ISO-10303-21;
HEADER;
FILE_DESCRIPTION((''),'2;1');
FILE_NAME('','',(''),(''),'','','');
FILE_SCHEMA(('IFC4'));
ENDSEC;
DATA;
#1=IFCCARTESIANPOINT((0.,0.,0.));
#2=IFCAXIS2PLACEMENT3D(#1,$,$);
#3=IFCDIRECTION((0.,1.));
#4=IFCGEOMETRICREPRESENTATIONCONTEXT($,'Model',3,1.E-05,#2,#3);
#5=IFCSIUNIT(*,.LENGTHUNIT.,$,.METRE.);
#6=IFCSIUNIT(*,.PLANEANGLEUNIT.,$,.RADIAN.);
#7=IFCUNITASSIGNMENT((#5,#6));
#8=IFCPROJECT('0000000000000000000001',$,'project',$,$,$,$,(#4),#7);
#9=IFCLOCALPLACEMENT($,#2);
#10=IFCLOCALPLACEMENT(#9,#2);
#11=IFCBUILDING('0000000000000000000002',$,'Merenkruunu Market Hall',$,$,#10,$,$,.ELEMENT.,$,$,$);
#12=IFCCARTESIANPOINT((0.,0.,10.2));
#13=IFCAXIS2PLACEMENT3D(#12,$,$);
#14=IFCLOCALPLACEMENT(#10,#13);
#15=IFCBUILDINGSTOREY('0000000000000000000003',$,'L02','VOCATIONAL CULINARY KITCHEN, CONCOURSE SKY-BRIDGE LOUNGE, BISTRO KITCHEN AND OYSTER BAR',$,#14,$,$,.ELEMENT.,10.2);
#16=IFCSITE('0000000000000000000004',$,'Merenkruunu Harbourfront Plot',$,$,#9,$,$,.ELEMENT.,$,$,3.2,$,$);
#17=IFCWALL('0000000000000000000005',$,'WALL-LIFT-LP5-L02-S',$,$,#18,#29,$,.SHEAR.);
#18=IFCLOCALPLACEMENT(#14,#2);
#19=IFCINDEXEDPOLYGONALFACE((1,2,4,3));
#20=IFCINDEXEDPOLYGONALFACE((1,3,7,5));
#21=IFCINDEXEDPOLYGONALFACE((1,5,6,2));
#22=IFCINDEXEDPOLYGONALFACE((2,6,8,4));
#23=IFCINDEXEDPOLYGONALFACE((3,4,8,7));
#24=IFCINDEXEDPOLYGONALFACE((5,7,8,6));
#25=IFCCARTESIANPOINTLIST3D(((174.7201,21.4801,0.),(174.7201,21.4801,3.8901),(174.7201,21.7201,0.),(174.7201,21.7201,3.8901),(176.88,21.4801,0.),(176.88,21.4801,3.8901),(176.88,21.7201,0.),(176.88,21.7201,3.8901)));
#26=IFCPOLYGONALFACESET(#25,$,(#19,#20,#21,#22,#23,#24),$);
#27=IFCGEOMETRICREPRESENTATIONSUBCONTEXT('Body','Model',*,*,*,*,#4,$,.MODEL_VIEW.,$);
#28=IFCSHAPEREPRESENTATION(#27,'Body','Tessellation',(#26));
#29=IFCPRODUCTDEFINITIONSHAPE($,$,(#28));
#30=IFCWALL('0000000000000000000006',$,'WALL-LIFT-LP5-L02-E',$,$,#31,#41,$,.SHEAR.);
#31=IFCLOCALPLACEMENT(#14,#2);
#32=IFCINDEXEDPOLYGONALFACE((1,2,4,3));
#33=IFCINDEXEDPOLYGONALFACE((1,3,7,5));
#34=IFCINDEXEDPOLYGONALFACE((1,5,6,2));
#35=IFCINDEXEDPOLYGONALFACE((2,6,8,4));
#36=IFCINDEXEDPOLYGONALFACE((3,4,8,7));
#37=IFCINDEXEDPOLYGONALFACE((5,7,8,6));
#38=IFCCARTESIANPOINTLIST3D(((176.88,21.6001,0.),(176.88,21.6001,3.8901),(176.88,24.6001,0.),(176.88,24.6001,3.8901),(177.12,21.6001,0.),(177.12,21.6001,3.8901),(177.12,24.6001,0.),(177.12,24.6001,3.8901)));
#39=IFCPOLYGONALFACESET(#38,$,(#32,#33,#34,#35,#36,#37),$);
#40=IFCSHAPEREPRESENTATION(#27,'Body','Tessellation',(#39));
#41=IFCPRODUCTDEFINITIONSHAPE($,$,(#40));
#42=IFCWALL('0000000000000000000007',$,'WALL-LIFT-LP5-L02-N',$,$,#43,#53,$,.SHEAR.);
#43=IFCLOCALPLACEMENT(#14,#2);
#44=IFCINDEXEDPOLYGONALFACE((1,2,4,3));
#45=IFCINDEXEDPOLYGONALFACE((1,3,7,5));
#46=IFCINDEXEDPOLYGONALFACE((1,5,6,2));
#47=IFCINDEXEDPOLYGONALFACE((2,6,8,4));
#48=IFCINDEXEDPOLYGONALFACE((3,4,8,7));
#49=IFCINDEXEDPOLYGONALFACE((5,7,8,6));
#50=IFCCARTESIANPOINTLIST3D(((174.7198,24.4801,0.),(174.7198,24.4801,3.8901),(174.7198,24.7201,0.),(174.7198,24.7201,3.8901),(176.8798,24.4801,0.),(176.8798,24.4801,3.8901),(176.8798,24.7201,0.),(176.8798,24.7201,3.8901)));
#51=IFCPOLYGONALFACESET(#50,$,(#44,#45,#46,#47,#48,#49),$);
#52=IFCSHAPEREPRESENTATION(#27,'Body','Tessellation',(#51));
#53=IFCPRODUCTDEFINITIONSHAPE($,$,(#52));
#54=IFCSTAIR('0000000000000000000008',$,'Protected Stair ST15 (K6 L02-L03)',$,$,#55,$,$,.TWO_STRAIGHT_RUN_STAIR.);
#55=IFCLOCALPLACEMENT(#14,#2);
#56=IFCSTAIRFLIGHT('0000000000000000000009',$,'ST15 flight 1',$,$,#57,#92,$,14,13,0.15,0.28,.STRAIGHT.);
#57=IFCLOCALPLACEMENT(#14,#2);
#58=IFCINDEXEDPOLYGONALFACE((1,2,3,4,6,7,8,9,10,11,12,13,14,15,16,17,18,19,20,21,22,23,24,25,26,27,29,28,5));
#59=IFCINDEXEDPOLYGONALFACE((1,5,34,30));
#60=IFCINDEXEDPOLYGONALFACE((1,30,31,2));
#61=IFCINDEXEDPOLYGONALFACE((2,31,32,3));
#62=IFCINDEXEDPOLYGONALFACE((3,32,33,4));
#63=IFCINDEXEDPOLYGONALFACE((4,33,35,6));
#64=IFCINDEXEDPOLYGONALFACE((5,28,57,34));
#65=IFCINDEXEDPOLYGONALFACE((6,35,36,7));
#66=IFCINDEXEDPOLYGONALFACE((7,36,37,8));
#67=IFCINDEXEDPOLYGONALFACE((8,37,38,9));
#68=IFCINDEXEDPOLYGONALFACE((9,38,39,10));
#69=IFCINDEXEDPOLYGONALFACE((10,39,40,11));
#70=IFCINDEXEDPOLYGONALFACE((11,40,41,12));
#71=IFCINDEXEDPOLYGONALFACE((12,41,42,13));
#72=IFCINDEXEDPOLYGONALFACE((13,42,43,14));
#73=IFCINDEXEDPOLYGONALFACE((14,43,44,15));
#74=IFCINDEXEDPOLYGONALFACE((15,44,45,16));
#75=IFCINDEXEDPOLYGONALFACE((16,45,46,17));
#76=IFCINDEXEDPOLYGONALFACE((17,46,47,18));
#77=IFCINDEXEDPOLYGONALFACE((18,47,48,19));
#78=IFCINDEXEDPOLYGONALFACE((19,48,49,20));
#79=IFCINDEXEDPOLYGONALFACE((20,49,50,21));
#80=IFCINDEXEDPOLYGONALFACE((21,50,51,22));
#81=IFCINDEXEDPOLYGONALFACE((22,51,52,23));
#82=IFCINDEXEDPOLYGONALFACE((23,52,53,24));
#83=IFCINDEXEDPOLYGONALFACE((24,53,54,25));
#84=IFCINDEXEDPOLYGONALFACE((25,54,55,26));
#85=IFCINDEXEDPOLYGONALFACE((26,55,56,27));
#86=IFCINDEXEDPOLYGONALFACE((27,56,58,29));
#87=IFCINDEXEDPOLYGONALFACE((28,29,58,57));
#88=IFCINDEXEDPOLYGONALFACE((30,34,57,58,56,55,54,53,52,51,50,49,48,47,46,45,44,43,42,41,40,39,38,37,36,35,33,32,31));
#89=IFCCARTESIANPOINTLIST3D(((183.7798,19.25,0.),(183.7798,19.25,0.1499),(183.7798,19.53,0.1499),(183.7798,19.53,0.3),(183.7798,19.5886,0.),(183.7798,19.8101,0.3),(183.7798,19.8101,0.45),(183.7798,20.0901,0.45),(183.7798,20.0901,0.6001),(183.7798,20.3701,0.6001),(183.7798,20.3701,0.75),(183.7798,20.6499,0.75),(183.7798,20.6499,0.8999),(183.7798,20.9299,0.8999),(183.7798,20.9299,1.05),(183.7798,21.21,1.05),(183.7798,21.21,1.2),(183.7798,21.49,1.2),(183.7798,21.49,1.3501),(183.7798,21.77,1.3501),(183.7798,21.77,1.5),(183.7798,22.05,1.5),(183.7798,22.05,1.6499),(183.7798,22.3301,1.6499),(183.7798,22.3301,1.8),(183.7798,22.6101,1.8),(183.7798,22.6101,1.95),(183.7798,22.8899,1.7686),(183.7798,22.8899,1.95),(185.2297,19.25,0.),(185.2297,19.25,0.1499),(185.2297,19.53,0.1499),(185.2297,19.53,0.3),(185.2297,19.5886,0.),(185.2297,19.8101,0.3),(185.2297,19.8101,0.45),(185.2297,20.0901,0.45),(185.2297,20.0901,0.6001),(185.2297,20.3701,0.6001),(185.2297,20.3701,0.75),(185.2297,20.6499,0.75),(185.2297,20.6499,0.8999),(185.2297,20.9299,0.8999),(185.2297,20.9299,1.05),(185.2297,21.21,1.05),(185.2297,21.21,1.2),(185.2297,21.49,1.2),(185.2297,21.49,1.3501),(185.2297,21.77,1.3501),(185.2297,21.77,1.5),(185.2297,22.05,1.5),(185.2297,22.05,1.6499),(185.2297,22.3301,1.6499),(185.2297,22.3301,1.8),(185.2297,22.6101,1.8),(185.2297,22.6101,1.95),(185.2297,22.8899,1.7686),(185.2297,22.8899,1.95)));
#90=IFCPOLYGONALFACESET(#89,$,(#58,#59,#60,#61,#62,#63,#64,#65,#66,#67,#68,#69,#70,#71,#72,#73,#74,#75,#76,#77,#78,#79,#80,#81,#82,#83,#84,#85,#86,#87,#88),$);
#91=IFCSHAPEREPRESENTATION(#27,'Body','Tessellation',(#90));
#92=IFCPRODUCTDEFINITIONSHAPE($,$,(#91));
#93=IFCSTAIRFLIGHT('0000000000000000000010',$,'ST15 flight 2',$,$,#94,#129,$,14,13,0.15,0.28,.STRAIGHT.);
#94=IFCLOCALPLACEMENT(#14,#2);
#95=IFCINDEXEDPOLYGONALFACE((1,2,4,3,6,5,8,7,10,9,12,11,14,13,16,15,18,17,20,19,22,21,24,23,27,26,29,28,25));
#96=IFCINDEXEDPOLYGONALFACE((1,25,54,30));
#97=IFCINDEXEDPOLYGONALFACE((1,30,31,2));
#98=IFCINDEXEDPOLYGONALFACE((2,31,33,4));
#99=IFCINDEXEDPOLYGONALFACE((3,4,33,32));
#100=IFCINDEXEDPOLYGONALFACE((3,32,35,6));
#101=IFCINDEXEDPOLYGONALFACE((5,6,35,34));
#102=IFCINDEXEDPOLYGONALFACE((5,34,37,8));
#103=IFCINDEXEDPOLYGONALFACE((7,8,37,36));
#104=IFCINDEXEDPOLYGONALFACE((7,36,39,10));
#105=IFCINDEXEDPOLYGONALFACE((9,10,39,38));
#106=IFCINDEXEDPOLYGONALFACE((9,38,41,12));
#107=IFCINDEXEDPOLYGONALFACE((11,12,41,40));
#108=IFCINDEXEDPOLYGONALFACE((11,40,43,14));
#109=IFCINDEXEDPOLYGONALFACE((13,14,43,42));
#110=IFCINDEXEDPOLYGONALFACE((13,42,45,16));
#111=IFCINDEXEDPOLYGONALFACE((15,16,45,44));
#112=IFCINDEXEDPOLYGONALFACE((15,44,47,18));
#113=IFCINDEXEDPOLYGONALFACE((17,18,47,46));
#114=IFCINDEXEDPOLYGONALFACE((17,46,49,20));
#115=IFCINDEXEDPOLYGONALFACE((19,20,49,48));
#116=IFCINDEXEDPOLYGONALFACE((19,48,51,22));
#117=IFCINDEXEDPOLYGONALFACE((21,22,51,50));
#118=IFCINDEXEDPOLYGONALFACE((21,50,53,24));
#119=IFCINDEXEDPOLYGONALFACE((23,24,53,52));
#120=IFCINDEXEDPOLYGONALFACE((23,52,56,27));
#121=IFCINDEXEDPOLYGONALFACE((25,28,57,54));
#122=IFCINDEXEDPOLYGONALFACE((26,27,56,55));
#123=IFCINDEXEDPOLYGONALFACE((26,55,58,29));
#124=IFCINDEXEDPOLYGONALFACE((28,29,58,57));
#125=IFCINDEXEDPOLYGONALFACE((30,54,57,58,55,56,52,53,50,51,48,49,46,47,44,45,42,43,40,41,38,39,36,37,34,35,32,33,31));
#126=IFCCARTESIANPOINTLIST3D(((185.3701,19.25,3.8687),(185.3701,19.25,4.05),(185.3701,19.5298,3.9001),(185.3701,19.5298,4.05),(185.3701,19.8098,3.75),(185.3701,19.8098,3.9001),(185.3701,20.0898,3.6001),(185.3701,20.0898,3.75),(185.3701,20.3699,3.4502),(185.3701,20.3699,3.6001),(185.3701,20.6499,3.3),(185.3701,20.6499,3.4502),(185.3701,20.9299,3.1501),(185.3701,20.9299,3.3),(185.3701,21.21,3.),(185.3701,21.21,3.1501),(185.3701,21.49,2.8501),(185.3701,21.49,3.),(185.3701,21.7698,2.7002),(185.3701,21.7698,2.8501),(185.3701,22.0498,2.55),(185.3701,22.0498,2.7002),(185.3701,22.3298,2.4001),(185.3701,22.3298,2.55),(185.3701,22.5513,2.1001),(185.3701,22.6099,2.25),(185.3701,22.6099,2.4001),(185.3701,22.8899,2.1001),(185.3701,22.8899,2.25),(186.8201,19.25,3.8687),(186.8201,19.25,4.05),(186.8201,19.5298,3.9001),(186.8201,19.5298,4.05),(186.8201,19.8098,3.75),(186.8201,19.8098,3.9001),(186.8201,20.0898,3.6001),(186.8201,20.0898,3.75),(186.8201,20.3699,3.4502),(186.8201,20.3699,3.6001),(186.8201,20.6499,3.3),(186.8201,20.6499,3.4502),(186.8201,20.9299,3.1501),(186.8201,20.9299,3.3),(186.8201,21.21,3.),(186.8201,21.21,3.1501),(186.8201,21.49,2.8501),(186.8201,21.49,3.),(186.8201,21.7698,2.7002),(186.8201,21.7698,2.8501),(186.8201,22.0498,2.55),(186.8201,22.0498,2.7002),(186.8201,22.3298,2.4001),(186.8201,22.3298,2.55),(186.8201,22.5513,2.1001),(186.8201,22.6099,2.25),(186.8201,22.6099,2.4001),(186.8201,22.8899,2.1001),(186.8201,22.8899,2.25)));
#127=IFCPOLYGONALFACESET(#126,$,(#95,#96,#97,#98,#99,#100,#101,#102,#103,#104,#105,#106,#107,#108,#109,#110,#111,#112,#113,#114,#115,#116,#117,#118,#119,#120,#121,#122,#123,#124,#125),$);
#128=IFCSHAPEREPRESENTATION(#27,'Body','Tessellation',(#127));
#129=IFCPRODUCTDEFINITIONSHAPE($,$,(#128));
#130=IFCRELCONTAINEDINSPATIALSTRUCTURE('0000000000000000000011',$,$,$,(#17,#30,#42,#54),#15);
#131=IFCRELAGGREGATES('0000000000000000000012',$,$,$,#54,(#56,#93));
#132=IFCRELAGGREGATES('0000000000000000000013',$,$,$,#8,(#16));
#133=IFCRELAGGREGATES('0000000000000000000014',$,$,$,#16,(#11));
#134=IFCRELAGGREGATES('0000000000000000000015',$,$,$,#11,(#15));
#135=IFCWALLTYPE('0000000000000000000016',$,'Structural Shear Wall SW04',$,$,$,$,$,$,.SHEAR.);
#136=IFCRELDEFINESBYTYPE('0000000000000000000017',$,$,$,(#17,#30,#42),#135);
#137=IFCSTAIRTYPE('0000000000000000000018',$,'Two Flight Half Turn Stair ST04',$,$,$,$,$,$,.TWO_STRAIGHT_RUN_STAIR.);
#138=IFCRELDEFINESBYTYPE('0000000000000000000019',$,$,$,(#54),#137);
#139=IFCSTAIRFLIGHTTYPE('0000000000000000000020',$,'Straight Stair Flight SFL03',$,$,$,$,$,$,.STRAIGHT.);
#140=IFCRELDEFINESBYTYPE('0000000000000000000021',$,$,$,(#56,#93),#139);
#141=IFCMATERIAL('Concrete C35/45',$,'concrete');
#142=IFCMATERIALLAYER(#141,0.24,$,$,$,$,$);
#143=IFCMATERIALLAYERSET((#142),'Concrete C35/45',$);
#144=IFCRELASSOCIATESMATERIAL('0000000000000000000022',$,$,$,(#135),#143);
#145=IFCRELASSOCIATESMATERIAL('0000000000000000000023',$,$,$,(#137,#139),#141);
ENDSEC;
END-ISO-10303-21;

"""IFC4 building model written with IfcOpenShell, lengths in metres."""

from ifc_helpers import new_model, si_unit, direction, frame, frame_2d, origin, place, context, subcontext, project, spatial, polyline, rectangle, outline, extrude, material, layer, layer_set, type_object, element, aggregate, save


model = new_model("IFC4")

# Units and contexts
model_context = context("Model", 3, precision=1e-05, world=origin(), true_north=direction((0.0, 1.0)))
body_context = subcontext(model_context, "Body", "Model", "MODEL_VIEW")
ifc_project = project(units=[si_unit("LENGTHUNIT", "METRE"), si_unit("PLANEANGLEUNIT", "RADIAN")], contexts=[model_context])

# Site, building, storey
site_placement = place(None, origin())
site = spatial("IfcSite", under=ifc_project, at=site_placement, Name="Merenkruunu Harbourfront Plot", CompositionType="ELEMENT", RefElevation=3.2)
building_placement = place(site_placement, origin())
building = spatial("IfcBuilding", under=site, at=building_placement, Name="Merenkruunu Market Hall", CompositionType="ELEMENT")
storey_placement = place(building_placement, frame((0.0, 0.0, 10.2)))
storey = spatial("IfcBuildingStorey", under=building, at=storey_placement, Name="L02", Description="VOCATIONAL CULINARY KITCHEN, CONCOURSE SKY-BRIDGE LOUNGE, BISTRO KITCHEN AND OYSTER BAR", CompositionType="ELEMENT", Elevation=10.2)

# Shared definitions
ifc_material_1 = material(Name="Concrete C35/45", Category="concrete")

# Walls
ifc_layer_1 = layer(ifc_material_1, 0.24)
ifc_layer_set_1 = layer_set([ifc_layer_1], Name="Concrete C35/45")
wall_type_1 = type_object("IfcWallType", Name="Structural Shear Wall SW04", PredefinedType="SHEAR", material=ifc_layer_set_1)
for number, where, z_axis, x_axis, name in (
    (1, (174.72, 21.6001, 0.0), (0.0, 0.0, 1.0), (1.0, 0.0, 0.0), "WALL-LIFT-LP5-L02-S"),
):
    element("IfcWall", number, at=place(storey_placement, frame(where, z_axis=z_axis, x_axis=x_axis)), inside=storey, type_object=wall_type_1, Name=name, PredefinedType="SHEAR", context=body_context, shape_type="SweptSolid", body=[
        extrude(rectangle(XDim=2.1599, YDim=0.24, at=frame_2d((1.0801, 0.0))), origin(), (0.0, 0.0, 1.0), 3.8901),
    ])
wall_1_placement = place(storey_placement, frame((177.0, 21.6001, 0.0), z_axis=(0.0, 0.0, 1.0), x_axis=(0.0, 1.0, 0.0)))
element("IfcWall", 2, at=wall_1_placement, inside=storey, type_object=wall_type_1, Name="WALL-LIFT-LP5-L02-E", PredefinedType="SHEAR", context=body_context, shape_type="SweptSolid", body=[
    extrude(rectangle(XDim=3.0, YDim=0.24, at=frame_2d((1.5, 0.0))), origin(), (0.0, 0.0, 1.0), 3.8901),
])
wall_2_placement = place(storey_placement, frame((176.8799, 24.6001, 0.0), z_axis=(0.0, 0.0, 1.0), x_axis=(-1.0, 0.0, 0.0)))
element("IfcWall", 3, at=wall_2_placement, inside=storey, type_object=wall_type_1, Name="WALL-LIFT-LP5-L02-N", PredefinedType="SHEAR", context=body_context, shape_type="SweptSolid", body=[
    extrude(rectangle(XDim=2.1599, YDim=0.24, at=frame_2d((1.0801, 0.0))), origin(), (0.0, 0.0, 1.0), 3.8901),
])

# Stair, stair flights
stair_type = type_object("IfcStairType", Name="Two Flight Half Turn Stair ST04", PredefinedType="TWO_STRAIGHT_RUN_STAIR", material=ifc_material_1)
stair_placement = place(storey_placement, origin())
stair = element("IfcStair", 4, at=stair_placement, inside=storey, type_object=stair_type, Name="Protected Stair ST15 (K6 L02-L03)", PredefinedType="TWO_STRAIGHT_RUN_STAIR")
stair_flight_type = type_object("IfcStairFlightType", Name="Straight Stair Flight SFL03", PredefinedType="STRAIGHT", material=ifc_material_1)
stair_flight_1_placement = place(storey_placement, frame((184.5049, 19.25, 0.0), z_axis=(0.0, 0.0, 1.0), x_axis=(0.0, 1.0, 0.0)))
stair_flight_1 = element("IfcStairFlight", 5, at=stair_flight_1_placement, type_object=stair_flight_type, Name="ST15 flight 1", NumberOfRisers=14, NumberOfTreads=13, PredefinedType="STRAIGHT", RiserHeight=0.15, TreadLength=0.28, context=body_context, shape_type="SweptSolid", body=[
    extrude(outline(polyline([(0.0, 0.0), (0.0, 0.1499), (0.28, 0.1499), (0.28, 0.3), (0.5601, 0.3), (0.5601, 0.45), (0.8401, 0.45), (0.8401, 0.6001), (1.1201, 0.6001), (1.1201, 0.75), (1.3999, 0.75), (1.3999, 0.8999), (1.6799, 0.8999), (1.6799, 1.05), (1.96, 1.05), (1.96, 1.2), (2.24, 1.2), (2.24, 1.3501), (2.52, 1.3501), (2.52, 1.5), (2.8, 1.5), (2.8, 1.6499), (3.0801, 1.6499), (3.0801, 1.8), (3.3601, 1.8), (3.3601, 1.95), (3.6399, 1.95), (3.6399, 2.1001), (3.6399, 1.7686), (0.3386, 0.0), (0.0, 0.0)])), frame((0.0, 0.7251, 0.0), z_axis=(0.0, -1.0, 0.0), x_axis=(1.0, 0.0, 0.0)), (0.0, 0.0, 1.0), 1.45),
])
stair_flight_2_placement = place(storey_placement, frame((186.095, 22.8899, 2.1001), z_axis=(0.0, 0.0, 1.0), x_axis=(0.0, -1.0, 0.0)))
stair_flight_2 = element("IfcStairFlight", 6, at=stair_flight_2_placement, type_object=stair_flight_type, Name="ST15 flight 2", NumberOfRisers=14, NumberOfTreads=13, PredefinedType="STRAIGHT", RiserHeight=0.15, TreadLength=0.28, context=body_context, shape_type="SweptSolid", body=[
    extrude(outline(polyline([(0.0, 0.0), (0.0, 0.1499), (0.28, 0.1499), (0.28, 0.3), (0.5601, 0.3), (0.5601, 0.45), (0.8401, 0.45), (0.8401, 0.6001), (1.1201, 0.6001), (1.1201, 0.75), (1.3999, 0.75), (1.3999, 0.8999), (1.6799, 0.8999), (1.6799, 1.05), (1.96, 1.05), (1.96, 1.2), (2.24, 1.2), (2.24, 1.3501), (2.52, 1.3501), (2.52, 1.5), (2.8, 1.5), (2.8, 1.6499), (3.0801, 1.6499), (3.0801, 1.8), (3.3601, 1.8), (3.3601, 1.95), (3.6399, 1.95), (3.6399, 2.1001), (3.6399, 1.7686), (0.3386, 0.0), (0.0, 0.0)])), frame((0.0, 0.7251, 0.0), z_axis=(0.0, -1.0, 0.0), x_axis=(1.0, 0.0, 0.0)), (0.0, 0.0, 1.0), 1.45),
])
aggregate(stair, [stair_flight_1, stair_flight_2])

save(model, "model.ifc")
